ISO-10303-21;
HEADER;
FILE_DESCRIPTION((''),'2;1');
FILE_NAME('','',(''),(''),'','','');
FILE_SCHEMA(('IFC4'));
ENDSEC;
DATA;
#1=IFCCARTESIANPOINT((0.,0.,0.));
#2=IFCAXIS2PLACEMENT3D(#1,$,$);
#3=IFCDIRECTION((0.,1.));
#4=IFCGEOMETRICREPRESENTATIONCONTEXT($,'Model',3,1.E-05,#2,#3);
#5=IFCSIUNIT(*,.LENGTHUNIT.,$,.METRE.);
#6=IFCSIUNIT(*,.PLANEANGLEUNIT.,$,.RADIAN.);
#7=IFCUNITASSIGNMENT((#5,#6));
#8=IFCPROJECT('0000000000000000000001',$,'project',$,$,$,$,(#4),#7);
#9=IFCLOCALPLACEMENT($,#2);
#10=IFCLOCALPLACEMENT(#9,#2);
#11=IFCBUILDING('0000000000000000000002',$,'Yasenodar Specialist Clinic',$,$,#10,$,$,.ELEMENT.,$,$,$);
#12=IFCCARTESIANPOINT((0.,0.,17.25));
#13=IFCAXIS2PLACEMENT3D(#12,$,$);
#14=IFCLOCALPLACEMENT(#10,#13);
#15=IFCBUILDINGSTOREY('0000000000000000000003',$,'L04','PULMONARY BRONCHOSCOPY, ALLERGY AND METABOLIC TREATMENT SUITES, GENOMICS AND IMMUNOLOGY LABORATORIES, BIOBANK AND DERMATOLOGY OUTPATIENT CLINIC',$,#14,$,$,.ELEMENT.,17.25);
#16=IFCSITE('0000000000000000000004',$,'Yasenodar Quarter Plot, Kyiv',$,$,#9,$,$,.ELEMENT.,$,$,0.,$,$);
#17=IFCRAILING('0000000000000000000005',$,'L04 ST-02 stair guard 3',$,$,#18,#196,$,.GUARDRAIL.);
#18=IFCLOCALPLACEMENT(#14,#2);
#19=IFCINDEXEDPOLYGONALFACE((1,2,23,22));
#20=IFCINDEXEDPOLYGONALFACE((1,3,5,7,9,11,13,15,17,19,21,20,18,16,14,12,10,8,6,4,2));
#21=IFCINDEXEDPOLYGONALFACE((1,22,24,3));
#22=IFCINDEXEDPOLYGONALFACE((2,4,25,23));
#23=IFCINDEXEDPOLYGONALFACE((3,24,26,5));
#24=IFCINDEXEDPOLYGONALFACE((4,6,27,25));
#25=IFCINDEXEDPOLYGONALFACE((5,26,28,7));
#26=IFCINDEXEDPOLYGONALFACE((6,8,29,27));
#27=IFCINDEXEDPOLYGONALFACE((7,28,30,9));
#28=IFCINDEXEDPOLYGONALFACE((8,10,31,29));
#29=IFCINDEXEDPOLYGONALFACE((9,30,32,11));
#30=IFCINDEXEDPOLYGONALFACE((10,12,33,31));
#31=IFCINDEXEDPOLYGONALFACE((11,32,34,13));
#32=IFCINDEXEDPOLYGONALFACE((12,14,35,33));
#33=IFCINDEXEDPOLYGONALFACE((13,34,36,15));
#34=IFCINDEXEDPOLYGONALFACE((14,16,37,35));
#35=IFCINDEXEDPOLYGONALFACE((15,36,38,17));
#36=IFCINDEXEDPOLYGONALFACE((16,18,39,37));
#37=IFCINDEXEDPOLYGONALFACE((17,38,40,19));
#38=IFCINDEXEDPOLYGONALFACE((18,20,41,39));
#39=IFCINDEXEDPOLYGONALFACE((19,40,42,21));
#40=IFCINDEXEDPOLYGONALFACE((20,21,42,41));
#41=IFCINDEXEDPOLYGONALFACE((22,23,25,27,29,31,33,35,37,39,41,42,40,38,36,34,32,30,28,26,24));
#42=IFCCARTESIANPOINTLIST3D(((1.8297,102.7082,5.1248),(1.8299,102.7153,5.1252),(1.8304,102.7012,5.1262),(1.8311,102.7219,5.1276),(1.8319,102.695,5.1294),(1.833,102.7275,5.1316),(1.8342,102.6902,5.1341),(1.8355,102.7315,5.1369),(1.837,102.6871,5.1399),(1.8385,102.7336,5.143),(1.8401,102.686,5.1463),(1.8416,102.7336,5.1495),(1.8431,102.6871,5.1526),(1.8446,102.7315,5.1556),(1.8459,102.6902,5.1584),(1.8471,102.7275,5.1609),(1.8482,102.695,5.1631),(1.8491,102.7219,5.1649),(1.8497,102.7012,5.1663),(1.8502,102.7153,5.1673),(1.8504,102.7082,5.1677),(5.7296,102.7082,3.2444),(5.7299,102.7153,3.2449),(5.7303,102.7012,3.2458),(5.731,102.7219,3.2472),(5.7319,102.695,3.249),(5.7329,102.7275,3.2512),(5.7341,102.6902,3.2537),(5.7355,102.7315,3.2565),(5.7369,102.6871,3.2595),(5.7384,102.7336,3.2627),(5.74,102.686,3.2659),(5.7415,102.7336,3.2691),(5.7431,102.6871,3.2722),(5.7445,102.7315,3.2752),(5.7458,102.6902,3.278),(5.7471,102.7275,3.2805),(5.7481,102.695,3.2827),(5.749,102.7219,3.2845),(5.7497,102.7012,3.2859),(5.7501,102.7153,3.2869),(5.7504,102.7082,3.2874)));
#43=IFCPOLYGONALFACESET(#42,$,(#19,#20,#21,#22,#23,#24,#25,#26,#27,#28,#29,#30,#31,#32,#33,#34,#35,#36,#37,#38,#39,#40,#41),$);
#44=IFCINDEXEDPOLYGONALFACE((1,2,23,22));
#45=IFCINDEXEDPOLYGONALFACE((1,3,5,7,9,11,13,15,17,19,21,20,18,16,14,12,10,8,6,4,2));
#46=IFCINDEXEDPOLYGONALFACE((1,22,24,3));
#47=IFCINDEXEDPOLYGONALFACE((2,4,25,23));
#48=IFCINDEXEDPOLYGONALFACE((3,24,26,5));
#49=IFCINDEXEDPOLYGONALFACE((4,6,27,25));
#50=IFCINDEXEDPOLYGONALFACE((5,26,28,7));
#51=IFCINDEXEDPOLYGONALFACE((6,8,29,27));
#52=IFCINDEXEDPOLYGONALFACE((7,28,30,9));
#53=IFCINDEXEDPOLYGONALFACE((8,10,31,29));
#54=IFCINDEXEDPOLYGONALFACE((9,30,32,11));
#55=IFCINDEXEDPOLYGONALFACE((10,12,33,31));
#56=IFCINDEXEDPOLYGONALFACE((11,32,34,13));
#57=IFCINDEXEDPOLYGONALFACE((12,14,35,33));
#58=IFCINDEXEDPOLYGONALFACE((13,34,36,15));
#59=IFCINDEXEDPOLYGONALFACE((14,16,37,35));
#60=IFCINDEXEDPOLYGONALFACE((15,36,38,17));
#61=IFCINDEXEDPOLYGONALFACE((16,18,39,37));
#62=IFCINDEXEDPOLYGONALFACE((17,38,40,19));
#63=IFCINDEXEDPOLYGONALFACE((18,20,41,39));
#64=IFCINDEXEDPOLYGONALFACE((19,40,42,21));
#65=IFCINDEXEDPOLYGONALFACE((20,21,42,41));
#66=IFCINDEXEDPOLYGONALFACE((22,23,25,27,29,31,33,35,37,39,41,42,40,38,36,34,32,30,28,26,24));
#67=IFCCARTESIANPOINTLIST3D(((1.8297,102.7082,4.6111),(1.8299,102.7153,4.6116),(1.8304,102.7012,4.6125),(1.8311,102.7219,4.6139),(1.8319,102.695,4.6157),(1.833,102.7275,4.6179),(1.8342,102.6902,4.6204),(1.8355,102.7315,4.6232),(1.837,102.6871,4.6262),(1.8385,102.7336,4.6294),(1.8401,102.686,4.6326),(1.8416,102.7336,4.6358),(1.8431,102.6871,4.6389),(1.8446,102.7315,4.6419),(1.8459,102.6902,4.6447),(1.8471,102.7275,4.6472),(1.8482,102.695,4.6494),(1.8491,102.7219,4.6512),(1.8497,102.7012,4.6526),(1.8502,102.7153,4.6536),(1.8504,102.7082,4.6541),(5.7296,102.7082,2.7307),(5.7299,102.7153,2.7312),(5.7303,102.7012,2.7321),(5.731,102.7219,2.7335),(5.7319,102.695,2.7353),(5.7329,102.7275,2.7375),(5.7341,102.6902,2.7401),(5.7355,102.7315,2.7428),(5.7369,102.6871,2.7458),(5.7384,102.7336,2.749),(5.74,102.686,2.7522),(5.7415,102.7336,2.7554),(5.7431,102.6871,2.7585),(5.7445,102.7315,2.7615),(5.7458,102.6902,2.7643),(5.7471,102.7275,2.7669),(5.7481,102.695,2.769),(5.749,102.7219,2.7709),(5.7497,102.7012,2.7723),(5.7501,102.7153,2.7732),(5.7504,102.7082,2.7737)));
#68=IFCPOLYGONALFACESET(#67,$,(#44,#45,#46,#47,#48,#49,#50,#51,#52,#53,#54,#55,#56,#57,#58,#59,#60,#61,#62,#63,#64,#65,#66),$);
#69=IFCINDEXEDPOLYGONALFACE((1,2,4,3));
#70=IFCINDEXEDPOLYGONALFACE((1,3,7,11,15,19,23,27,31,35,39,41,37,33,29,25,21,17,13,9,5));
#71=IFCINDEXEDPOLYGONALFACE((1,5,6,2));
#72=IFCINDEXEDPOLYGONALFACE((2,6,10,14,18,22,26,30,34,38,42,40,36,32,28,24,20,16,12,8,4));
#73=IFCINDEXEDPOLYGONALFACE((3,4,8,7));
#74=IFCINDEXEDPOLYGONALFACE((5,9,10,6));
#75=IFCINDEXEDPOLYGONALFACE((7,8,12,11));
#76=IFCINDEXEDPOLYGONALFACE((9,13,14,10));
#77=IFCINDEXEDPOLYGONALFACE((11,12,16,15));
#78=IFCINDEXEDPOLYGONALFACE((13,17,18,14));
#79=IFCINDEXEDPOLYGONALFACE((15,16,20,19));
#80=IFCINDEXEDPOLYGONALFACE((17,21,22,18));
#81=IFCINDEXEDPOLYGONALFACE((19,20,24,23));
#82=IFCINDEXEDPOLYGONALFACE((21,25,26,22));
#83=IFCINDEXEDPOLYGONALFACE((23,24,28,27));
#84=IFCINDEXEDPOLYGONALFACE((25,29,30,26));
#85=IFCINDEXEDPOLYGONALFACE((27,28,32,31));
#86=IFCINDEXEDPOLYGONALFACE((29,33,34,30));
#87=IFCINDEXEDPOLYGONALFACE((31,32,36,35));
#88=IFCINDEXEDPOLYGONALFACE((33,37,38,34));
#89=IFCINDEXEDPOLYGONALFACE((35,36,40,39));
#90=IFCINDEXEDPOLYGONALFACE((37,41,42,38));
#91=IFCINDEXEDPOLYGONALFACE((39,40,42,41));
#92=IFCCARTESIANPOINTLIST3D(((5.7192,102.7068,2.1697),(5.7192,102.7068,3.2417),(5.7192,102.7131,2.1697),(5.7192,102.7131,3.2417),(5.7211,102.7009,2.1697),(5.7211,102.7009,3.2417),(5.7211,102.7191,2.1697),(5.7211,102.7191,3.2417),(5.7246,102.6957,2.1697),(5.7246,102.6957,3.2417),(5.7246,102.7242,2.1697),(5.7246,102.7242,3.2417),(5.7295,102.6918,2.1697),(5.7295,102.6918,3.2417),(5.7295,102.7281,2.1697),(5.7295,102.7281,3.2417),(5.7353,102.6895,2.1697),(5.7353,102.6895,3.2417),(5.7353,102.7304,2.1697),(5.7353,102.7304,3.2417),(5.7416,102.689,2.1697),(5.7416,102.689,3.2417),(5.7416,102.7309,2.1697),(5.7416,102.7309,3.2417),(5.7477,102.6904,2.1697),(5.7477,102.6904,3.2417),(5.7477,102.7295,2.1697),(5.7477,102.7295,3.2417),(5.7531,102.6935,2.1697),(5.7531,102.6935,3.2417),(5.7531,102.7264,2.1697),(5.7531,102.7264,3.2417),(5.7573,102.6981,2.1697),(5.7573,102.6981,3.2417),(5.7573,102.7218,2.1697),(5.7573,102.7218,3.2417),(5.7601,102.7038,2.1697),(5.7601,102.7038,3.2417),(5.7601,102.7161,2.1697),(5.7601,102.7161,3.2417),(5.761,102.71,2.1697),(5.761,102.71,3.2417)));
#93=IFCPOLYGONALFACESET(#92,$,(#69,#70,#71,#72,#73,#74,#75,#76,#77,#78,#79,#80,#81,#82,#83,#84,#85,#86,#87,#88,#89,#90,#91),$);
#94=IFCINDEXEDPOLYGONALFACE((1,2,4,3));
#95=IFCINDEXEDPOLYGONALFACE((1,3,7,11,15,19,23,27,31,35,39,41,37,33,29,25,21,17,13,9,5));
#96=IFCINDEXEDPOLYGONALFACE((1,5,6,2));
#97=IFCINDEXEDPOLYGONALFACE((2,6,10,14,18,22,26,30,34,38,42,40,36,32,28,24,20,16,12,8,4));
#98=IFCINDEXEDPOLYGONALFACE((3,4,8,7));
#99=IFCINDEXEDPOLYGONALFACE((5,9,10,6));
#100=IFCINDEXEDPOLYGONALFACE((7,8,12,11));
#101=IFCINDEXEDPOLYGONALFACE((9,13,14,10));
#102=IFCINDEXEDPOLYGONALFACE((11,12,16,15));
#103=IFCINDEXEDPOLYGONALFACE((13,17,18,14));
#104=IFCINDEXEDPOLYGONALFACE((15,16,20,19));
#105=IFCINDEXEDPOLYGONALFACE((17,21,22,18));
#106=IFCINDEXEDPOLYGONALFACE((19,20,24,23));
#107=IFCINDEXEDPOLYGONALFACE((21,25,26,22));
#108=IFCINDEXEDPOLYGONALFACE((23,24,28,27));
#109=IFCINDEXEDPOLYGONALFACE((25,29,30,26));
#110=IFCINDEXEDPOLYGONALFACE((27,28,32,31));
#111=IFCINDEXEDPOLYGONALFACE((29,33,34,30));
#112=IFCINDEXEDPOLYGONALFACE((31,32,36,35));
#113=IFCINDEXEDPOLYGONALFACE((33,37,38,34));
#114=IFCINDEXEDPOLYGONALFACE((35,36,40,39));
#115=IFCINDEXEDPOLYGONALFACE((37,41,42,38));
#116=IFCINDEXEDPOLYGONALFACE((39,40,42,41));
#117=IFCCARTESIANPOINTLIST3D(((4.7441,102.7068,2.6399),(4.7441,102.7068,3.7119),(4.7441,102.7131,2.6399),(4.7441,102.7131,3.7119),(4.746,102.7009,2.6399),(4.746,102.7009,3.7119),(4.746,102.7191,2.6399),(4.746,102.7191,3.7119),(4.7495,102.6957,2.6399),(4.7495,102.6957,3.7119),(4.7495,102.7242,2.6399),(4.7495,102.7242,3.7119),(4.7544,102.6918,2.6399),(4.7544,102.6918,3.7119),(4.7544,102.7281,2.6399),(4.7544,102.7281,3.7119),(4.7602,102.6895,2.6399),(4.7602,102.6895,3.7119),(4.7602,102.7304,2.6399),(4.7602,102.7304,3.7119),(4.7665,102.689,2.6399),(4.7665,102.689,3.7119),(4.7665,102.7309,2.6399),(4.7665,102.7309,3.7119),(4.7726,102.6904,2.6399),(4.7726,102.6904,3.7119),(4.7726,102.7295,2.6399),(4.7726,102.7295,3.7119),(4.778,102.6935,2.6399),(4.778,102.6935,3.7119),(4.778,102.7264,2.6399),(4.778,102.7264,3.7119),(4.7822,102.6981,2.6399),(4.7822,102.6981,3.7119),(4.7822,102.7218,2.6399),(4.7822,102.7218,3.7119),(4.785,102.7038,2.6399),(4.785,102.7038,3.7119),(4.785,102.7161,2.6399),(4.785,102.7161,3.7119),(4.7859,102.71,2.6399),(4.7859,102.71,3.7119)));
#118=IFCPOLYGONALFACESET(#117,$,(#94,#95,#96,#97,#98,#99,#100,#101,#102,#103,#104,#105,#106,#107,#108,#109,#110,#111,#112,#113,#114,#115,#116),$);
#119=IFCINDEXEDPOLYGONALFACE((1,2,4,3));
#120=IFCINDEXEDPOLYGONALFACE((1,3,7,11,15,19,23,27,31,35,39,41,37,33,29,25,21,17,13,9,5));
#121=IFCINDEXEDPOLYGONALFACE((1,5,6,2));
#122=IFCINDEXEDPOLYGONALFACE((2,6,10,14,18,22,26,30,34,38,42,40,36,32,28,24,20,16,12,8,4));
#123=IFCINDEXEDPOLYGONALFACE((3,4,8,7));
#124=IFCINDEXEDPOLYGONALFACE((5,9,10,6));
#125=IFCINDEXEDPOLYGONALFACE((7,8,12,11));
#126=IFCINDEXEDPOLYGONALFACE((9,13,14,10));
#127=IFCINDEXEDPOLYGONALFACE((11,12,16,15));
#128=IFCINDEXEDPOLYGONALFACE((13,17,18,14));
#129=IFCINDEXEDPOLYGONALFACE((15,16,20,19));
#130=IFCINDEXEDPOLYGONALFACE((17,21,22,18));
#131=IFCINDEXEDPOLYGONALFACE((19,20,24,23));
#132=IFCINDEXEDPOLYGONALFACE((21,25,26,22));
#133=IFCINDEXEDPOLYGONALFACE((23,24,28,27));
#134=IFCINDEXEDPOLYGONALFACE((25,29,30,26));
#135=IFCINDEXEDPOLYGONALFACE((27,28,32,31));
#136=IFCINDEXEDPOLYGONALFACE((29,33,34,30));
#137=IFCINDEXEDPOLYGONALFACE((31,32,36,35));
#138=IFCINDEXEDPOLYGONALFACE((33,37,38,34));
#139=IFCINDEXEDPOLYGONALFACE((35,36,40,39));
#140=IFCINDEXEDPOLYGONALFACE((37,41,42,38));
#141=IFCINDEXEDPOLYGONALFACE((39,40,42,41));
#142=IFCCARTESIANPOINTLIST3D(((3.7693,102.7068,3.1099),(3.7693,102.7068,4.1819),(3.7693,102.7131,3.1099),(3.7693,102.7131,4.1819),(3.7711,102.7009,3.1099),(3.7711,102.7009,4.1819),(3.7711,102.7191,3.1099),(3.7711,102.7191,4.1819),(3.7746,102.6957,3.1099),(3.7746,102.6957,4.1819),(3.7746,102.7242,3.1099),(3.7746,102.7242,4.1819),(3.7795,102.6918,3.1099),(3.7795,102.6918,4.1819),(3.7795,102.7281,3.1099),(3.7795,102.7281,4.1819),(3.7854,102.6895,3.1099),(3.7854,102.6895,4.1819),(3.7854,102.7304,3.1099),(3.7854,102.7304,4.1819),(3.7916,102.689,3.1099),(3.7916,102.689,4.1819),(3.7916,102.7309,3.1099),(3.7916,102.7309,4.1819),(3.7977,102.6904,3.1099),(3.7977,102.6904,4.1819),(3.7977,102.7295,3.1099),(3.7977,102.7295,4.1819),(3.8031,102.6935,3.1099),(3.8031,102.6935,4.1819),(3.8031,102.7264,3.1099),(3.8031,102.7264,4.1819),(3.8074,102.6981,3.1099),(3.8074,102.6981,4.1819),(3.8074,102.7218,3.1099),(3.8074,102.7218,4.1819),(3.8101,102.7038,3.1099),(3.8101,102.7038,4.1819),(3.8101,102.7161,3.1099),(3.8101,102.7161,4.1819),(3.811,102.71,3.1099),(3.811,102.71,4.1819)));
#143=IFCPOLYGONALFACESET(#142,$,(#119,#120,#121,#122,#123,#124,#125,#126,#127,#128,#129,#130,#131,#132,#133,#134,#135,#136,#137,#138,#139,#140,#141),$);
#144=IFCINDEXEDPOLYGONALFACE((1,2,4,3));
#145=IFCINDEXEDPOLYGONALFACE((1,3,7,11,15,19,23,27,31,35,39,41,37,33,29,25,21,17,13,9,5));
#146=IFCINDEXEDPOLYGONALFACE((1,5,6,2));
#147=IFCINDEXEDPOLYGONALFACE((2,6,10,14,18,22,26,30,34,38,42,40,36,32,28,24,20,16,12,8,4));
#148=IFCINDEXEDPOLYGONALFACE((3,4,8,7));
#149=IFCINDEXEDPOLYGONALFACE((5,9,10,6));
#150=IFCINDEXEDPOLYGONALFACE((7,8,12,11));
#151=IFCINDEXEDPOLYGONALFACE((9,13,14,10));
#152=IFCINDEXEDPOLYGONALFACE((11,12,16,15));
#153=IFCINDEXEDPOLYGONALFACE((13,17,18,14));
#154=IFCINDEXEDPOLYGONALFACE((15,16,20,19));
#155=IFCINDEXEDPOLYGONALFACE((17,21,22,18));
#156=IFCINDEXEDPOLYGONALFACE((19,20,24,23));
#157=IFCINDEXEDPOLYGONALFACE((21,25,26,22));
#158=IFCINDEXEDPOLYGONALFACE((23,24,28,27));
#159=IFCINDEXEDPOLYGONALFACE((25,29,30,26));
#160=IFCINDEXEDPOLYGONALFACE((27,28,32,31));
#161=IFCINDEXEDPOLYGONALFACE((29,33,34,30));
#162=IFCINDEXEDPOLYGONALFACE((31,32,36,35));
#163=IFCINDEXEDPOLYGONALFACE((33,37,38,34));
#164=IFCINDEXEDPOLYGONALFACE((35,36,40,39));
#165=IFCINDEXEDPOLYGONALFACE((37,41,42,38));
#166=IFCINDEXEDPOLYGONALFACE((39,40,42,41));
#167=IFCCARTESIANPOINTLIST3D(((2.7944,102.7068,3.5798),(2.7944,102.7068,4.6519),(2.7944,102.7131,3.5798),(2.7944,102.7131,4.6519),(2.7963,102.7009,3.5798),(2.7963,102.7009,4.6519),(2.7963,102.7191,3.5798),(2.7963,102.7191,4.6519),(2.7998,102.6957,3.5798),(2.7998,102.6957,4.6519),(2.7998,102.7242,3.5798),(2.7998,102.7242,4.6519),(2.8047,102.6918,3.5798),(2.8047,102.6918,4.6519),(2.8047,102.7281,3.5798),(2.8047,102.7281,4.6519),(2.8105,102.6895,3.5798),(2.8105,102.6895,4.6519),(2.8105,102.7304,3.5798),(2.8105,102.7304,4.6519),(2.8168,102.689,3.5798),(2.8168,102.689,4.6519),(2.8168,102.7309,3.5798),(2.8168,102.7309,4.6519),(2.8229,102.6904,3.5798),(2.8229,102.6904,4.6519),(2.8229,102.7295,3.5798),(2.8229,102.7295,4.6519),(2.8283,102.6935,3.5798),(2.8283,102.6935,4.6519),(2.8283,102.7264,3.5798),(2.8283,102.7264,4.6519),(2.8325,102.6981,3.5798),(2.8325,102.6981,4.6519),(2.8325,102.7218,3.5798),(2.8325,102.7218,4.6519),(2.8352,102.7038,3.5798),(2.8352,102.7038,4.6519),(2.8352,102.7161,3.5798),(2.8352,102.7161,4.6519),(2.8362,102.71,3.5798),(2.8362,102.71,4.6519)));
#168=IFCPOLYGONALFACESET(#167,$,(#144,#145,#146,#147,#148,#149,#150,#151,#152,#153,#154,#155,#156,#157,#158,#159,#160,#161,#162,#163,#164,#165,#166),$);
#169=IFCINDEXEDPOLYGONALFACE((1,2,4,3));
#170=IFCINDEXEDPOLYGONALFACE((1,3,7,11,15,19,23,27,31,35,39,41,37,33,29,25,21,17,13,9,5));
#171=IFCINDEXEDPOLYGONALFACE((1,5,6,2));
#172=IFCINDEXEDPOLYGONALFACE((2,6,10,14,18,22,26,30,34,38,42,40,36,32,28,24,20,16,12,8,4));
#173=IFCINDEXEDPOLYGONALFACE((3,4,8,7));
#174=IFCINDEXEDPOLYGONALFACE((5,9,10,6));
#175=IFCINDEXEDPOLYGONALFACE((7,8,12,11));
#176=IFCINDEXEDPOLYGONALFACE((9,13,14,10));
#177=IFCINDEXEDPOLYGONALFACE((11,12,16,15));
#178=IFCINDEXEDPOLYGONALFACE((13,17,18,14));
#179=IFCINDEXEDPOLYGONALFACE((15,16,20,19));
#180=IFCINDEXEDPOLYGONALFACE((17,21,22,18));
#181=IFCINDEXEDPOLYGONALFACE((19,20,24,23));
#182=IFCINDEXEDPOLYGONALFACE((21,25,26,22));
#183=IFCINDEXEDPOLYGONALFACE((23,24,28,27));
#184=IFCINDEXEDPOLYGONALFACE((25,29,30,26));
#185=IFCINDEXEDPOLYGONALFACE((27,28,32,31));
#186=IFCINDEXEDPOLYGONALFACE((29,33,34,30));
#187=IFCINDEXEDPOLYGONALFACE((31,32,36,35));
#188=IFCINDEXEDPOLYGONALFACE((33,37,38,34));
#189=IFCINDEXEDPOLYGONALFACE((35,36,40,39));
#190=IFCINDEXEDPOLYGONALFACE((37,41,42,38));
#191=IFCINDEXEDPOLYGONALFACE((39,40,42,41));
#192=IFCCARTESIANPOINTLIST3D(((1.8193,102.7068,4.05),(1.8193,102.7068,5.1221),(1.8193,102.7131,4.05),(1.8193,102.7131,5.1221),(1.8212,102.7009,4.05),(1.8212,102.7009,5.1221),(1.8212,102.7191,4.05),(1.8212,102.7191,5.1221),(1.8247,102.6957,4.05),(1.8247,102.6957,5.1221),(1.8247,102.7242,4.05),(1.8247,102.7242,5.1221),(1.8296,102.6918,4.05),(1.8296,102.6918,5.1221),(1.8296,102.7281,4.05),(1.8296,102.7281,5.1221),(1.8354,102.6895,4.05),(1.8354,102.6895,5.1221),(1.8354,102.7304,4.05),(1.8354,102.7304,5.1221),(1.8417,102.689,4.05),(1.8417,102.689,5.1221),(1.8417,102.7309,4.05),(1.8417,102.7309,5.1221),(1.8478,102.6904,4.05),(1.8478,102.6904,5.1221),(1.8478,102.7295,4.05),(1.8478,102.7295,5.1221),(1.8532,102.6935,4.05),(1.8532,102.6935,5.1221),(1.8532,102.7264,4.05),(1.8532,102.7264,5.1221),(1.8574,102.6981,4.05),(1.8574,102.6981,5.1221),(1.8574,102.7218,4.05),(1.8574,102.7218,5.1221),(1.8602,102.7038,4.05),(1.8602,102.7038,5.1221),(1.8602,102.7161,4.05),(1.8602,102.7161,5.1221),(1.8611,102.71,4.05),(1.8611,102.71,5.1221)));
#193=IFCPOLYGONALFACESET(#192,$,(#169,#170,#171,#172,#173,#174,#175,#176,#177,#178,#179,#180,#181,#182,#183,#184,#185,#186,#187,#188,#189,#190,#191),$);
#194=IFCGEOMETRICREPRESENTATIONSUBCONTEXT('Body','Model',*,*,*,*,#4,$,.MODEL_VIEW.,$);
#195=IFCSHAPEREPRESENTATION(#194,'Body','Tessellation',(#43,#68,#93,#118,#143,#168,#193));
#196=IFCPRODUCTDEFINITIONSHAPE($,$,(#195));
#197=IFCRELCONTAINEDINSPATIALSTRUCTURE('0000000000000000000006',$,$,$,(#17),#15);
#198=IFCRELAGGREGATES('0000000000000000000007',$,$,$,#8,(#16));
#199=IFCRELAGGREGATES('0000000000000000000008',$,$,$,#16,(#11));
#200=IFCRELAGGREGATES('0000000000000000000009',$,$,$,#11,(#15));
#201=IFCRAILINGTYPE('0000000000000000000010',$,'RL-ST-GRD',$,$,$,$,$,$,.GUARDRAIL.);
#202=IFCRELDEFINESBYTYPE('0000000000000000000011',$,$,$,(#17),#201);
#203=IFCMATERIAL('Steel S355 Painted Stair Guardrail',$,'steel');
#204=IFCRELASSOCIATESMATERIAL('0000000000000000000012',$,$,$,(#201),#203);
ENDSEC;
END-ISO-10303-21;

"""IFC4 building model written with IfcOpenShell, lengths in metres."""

from ifc_helpers import new_model, si_unit, direction, frame, origin, origin_2d, place, context, subcontext, project, spatial, circle, extrude, material, type_object, element, save


model = new_model("IFC4")

# Units and contexts
model_context = context("Model", 3, precision=1e-05, world=origin(), true_north=direction((0.0, 1.0)))
body_context = subcontext(model_context, "Body", "Model", "MODEL_VIEW")
ifc_project = project(units=[si_unit("LENGTHUNIT", "METRE"), si_unit("PLANEANGLEUNIT", "RADIAN")], contexts=[model_context])

# Site, building, storey
site_placement = place(None, origin())
site = spatial("IfcSite", under=ifc_project, at=site_placement, Name="Yasenodar Quarter Plot, Kyiv", CompositionType="ELEMENT", RefElevation=0.0)
building_placement = place(site_placement, origin())
building = spatial("IfcBuilding", under=site, at=building_placement, Name="Yasenodar Specialist Clinic", CompositionType="ELEMENT")
storey_placement = place(building_placement, frame((0.0, 0.0, 17.25)))
storey = spatial("IfcBuildingStorey", under=building, at=storey_placement, Name="L04", Description="PULMONARY BRONCHOSCOPY, ALLERGY AND METABOLIC TREATMENT SUITES, GENOMICS AND IMMUNOLOGY LABORATORIES, BIOBANK AND DERMATOLOGY OUTPATIENT CLINIC", CompositionType="ELEMENT", Elevation=17.25)

# Railing
ifc_material_1 = material(Name="Steel S355 Painted Stair Guardrail", Category="steel")
railing_type_1 = type_object("IfcRailingType", Name="RL-ST-GRD", PredefinedType="GUARDRAIL", material=ifc_material_1)
railing_1_placement = place(storey_placement, frame((5.74, 102.71, 2.1697)))
element("IfcRailing", 1, at=railing_1_placement, inside=storey, type_object=railing_type_1, Name="L04 ST-02 stair guard 3", PredefinedType="GUARDRAIL", context=body_context, shape_type="SweptSolid", body=[
    extrude(circle(Radius=0.0239, at=origin_2d()), frame((0.0, 0.0, 1.0962), z_axis=(-0.900763, 0.0, 0.434311), x_axis=(0.0, -1.0, 0.0)), (0.0, 0.0, 1.0), 4.3296),
    extrude(circle(Radius=0.0239, at=origin_2d()), frame((0.0, 0.0, 0.5825), z_axis=(-0.900763, 0.0, 0.434311), x_axis=(0.0, -1.0, 0.0)), (0.0, 0.0, 1.0), 4.3296),
    extrude(circle(Radius=0.021, at=origin_2d()), origin(), (0.0, 0.0, 1.0), 1.072),
    extrude(circle(Radius=0.021, at=origin_2d()), frame((-0.9751, 0.0, 0.4702)), (0.0, 0.0, 1.0), 1.072),
    extrude(circle(Radius=0.021, at=origin_2d()), frame((-1.95, 0.0, 0.9402)), (0.0, 0.0, 1.0), 1.072),
    extrude(circle(Radius=0.021, at=origin_2d()), frame((-2.9248, 0.0, 1.4102)), (0.0, 0.0, 1.0), 1.072),
    extrude(circle(Radius=0.021, at=origin_2d()), frame((-3.8999, 0.0, 1.8804)), (0.0, 0.0, 1.0), 1.072),
])

save(model, "model.ifc")
